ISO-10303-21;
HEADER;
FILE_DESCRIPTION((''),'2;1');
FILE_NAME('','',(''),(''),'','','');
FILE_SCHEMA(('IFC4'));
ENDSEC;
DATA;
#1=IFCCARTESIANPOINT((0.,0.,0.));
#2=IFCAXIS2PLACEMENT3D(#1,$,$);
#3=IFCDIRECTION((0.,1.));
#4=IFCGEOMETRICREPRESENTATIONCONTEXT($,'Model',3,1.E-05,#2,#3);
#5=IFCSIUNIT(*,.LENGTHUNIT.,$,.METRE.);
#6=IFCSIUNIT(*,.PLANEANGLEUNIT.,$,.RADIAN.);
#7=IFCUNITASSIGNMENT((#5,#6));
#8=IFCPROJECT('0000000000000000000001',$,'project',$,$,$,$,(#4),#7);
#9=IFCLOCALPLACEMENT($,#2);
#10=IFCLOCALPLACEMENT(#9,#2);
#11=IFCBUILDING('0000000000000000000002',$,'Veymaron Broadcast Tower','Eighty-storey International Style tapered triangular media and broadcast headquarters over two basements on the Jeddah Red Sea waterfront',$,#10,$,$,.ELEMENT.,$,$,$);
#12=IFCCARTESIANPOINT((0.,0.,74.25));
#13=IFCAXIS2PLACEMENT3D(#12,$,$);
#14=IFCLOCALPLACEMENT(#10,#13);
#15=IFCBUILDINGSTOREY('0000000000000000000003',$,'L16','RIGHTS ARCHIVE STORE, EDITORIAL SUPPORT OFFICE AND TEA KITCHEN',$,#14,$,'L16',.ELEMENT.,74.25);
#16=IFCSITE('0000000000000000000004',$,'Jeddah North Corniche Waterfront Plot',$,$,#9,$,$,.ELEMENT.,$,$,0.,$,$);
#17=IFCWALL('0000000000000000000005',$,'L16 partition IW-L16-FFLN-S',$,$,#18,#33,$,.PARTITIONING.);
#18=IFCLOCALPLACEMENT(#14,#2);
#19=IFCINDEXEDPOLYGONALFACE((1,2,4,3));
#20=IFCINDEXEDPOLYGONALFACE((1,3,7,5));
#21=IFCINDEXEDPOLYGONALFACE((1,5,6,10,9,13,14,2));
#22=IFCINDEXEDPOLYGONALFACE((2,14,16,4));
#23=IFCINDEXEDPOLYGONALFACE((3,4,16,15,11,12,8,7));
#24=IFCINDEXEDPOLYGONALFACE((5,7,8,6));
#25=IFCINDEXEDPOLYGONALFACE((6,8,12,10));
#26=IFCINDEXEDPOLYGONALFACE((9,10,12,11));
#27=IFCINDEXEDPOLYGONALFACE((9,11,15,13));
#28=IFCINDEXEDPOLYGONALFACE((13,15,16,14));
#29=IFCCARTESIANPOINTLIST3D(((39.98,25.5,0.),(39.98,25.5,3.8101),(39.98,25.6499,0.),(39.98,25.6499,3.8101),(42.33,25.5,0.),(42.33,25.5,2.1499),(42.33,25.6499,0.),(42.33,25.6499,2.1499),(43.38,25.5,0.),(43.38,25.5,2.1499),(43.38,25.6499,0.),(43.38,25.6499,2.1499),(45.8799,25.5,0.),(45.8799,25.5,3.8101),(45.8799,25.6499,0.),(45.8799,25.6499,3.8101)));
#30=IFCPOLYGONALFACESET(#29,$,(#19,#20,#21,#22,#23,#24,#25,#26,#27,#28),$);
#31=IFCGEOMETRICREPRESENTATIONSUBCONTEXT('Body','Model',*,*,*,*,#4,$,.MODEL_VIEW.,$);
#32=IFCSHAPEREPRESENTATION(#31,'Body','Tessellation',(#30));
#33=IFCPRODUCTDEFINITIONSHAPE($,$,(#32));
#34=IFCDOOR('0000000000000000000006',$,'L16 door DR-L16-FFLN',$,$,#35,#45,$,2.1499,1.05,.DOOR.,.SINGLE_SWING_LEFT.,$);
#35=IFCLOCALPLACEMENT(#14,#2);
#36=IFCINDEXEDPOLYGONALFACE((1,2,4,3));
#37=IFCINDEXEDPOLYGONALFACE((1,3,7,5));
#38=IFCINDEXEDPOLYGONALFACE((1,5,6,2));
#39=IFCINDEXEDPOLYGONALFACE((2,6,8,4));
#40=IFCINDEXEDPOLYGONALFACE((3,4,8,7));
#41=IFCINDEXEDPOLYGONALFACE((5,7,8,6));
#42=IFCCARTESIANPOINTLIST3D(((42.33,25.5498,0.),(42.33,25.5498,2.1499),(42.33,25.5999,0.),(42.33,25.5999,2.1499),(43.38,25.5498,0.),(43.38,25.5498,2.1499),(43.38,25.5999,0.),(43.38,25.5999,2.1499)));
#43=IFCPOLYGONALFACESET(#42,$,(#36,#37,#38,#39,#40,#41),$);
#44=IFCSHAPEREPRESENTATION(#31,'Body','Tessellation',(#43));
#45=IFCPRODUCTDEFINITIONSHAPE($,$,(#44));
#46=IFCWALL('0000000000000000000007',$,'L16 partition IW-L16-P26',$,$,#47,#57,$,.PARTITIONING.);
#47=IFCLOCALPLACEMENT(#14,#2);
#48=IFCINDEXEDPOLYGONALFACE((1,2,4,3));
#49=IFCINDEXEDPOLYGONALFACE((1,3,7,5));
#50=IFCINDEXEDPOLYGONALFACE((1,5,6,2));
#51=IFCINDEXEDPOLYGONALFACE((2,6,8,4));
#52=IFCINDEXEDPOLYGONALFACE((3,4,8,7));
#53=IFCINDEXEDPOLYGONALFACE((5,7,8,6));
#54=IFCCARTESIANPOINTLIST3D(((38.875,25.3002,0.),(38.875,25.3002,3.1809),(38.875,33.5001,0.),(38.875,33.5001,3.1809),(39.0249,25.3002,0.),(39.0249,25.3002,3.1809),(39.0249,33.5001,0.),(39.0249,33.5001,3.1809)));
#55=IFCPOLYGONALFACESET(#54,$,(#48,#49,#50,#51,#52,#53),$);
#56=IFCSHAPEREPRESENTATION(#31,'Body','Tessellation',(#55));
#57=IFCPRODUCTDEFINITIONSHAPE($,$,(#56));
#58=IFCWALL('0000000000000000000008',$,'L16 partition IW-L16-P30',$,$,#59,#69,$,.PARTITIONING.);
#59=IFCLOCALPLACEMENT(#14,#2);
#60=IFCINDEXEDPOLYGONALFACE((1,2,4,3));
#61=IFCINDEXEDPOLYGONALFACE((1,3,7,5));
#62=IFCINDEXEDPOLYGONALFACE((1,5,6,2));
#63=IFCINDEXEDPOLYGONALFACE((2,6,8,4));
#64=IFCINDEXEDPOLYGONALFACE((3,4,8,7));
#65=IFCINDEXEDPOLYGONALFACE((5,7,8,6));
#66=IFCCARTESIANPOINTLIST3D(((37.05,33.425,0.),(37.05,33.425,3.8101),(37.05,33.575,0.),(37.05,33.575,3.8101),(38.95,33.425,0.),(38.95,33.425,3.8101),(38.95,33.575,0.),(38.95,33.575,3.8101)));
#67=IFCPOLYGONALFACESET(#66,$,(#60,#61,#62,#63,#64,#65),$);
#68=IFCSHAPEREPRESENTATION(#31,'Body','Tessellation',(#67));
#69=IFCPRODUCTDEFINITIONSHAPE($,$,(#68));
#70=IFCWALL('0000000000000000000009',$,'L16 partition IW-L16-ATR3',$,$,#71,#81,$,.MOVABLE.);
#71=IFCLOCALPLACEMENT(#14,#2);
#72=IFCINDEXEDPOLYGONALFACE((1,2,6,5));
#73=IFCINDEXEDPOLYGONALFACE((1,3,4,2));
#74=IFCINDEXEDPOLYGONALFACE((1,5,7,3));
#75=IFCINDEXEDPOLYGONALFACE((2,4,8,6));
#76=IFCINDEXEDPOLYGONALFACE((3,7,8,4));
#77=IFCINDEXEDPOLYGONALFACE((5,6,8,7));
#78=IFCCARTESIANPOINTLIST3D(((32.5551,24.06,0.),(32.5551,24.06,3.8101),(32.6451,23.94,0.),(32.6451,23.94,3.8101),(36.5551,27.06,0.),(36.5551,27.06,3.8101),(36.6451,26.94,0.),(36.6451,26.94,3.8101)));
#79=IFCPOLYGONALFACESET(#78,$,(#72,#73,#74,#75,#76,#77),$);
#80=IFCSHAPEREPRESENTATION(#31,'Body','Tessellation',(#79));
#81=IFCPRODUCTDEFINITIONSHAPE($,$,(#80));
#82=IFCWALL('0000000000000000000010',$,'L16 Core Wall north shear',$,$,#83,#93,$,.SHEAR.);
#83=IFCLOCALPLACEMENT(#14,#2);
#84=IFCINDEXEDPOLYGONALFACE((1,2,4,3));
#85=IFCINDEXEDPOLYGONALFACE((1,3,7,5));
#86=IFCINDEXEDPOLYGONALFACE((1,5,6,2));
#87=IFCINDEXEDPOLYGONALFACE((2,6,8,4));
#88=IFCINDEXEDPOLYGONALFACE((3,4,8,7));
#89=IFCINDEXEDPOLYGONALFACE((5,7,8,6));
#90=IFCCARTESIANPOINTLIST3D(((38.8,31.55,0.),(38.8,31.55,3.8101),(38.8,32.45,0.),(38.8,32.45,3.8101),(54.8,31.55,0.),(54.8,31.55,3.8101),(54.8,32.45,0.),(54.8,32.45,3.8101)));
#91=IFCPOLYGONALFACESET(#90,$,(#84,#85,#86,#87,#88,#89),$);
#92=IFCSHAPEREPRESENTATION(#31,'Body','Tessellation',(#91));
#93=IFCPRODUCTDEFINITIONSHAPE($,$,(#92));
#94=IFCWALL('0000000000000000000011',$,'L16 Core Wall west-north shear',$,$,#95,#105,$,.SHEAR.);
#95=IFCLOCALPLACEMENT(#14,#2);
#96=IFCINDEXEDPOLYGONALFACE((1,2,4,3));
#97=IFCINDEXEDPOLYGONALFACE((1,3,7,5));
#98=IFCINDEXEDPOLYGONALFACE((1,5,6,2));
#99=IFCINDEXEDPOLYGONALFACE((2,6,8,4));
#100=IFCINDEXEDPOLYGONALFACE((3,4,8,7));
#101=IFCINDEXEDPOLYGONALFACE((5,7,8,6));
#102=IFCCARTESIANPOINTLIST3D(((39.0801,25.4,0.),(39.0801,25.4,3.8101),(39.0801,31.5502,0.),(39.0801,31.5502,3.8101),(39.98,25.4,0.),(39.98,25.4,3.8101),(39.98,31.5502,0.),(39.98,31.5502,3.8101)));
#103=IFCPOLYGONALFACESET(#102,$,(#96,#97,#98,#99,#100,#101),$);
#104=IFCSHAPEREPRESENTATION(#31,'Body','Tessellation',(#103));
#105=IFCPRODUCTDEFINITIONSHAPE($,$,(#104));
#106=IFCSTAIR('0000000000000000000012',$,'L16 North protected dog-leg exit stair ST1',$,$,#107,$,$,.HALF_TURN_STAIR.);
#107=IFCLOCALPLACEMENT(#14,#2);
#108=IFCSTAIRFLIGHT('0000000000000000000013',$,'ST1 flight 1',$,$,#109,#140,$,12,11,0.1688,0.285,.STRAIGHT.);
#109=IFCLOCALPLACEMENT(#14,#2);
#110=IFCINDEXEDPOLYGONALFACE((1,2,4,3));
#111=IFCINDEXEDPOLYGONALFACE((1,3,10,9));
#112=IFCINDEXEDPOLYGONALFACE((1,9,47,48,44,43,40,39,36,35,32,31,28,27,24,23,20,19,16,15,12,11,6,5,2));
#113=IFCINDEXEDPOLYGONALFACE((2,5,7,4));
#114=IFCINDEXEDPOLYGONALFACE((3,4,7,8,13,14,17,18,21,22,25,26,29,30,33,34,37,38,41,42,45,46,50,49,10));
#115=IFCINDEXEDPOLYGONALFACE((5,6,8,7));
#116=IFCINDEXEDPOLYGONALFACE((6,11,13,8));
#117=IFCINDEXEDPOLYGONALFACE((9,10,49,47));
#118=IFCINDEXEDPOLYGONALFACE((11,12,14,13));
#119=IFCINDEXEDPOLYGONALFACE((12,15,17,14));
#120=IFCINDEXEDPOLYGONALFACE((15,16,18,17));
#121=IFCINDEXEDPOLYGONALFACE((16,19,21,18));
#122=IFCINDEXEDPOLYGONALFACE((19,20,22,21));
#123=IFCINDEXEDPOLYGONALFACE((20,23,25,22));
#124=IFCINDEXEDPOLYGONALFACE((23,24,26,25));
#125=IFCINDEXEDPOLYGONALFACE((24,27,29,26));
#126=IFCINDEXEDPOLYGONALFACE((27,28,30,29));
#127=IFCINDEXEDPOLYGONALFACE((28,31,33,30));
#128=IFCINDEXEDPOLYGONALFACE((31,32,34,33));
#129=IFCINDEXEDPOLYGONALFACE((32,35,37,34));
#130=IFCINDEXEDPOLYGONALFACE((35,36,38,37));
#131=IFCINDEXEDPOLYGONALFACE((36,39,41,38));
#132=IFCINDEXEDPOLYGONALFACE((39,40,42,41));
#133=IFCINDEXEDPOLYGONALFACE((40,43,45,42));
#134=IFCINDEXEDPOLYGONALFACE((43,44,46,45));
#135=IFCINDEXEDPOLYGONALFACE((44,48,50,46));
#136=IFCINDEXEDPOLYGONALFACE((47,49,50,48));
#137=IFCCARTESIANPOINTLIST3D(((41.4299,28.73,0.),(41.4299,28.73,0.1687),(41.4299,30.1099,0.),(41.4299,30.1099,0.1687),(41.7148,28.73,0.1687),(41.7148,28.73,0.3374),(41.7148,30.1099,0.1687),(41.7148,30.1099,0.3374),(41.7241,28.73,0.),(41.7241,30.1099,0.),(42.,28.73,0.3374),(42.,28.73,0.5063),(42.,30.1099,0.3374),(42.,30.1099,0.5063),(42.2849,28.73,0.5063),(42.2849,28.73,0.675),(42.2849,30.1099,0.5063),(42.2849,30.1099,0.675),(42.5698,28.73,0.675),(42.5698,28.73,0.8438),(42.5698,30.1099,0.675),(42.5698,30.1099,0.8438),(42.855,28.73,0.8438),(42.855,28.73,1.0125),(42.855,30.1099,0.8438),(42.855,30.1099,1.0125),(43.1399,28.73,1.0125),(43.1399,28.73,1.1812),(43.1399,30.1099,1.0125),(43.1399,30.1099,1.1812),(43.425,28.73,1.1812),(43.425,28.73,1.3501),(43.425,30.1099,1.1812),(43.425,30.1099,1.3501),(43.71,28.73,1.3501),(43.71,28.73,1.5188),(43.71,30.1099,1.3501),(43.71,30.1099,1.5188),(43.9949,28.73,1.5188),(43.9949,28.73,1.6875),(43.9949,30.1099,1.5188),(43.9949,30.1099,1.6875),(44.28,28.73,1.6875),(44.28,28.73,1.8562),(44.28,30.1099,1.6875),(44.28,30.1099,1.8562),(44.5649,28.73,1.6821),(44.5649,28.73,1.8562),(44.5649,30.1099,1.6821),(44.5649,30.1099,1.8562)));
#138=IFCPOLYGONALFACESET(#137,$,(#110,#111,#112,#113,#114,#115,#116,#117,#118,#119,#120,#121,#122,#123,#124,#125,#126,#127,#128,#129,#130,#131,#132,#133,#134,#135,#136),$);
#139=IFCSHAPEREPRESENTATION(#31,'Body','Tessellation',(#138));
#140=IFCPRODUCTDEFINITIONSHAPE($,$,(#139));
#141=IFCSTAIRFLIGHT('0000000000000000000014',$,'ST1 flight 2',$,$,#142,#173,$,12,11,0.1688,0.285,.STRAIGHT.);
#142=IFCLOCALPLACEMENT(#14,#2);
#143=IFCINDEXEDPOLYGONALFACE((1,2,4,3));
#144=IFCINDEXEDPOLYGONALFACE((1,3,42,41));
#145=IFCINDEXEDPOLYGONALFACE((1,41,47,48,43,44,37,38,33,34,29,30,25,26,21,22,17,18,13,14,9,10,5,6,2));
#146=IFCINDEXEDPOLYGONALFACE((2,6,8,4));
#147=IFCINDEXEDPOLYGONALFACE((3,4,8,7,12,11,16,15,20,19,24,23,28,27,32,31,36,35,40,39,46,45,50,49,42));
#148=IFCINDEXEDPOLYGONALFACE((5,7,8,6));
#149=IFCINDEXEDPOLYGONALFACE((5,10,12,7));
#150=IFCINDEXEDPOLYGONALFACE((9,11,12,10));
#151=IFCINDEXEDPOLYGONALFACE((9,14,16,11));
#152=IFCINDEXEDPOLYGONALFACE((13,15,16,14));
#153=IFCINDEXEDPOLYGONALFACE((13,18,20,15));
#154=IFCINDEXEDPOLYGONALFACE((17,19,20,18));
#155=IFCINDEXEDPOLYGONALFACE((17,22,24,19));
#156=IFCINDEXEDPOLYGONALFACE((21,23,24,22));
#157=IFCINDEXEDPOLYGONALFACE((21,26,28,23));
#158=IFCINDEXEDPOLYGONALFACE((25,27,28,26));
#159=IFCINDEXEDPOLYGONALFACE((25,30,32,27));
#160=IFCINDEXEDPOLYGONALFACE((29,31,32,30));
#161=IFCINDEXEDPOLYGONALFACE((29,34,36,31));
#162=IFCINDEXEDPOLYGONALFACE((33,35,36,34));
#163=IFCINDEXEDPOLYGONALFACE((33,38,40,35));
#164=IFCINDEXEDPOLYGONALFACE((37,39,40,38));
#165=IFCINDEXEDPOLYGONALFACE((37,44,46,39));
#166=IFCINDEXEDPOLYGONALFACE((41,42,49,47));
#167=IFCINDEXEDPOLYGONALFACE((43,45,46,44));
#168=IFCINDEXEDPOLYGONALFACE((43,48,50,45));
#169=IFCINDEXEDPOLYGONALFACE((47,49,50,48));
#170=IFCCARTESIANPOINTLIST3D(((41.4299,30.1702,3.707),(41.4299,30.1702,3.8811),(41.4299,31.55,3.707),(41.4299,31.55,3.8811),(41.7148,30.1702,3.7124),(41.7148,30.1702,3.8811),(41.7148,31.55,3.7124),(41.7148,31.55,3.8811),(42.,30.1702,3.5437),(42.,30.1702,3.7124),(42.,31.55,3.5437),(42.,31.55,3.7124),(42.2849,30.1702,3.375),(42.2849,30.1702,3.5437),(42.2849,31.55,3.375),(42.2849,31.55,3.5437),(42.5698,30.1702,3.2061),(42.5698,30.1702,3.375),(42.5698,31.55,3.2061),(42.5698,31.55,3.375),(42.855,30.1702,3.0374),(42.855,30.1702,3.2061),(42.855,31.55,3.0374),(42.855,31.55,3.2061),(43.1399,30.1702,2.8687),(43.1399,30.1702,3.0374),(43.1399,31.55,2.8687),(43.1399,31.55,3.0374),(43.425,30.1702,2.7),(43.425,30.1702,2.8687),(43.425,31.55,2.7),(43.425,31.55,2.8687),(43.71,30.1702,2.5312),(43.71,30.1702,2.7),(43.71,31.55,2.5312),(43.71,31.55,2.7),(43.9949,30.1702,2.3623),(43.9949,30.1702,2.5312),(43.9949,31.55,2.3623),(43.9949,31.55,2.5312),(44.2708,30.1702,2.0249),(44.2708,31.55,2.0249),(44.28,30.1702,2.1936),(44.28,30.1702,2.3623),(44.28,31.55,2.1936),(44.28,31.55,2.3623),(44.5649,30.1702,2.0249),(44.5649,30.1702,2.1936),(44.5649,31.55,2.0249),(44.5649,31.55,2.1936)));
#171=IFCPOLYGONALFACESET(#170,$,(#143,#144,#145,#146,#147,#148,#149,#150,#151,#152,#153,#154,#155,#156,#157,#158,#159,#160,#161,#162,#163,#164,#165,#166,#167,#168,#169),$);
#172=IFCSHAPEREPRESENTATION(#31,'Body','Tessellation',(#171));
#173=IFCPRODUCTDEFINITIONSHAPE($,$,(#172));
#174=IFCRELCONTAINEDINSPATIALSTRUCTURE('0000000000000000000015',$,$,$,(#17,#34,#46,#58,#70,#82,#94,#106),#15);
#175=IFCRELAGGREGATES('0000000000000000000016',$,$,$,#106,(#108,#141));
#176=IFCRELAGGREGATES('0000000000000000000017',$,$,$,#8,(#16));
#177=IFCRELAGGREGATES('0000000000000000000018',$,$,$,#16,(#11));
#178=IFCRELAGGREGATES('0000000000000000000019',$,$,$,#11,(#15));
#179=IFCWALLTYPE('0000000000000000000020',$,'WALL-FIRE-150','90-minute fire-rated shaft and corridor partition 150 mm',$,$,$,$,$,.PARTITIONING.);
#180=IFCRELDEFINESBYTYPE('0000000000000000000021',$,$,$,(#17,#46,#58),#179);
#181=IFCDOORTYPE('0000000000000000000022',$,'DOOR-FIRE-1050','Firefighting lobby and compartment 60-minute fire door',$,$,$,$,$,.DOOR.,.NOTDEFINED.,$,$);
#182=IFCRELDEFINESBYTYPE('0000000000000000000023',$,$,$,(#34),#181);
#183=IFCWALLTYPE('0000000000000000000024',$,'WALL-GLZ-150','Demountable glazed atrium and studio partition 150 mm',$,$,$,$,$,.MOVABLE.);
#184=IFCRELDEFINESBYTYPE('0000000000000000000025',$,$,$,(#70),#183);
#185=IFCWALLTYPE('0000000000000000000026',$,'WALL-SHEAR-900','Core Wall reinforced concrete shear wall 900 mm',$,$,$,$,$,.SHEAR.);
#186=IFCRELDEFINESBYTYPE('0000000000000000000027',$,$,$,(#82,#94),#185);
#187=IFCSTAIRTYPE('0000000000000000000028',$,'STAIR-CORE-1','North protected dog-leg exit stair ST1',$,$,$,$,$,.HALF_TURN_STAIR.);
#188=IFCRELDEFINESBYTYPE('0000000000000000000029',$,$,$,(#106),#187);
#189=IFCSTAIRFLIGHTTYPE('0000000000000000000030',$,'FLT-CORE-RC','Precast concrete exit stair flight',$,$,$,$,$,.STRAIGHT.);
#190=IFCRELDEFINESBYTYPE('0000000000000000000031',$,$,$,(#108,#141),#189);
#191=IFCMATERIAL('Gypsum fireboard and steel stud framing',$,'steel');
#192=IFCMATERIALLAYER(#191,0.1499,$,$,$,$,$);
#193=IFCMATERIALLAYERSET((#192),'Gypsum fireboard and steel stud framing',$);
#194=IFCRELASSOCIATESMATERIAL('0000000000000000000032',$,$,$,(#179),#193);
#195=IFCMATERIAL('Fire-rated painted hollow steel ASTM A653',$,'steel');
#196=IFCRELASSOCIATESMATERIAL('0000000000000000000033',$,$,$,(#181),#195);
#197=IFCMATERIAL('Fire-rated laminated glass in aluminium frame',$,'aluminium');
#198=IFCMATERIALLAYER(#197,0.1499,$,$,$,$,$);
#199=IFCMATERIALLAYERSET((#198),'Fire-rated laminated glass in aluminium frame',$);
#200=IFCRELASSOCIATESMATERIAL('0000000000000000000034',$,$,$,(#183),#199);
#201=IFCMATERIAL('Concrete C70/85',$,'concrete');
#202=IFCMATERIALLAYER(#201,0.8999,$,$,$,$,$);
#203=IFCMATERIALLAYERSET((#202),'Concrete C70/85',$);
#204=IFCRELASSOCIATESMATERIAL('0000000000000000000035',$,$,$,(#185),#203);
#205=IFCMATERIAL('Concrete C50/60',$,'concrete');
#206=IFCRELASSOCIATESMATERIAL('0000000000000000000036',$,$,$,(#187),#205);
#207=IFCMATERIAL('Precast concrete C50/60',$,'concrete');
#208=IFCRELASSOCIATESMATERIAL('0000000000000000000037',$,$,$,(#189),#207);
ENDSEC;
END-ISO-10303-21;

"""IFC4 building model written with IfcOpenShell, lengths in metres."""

from ifc_helpers import new_model, si_unit, direction, frame, frame_2d, origin, place, context, subcontext, project, spatial, polyline, rectangle, outline, extrude, material, layer, layer_set, type_object, element, fill, aggregate, save


model = new_model("IFC4")

# Units and contexts
model_context = context("Model", 3, precision=1e-05, world=origin(), true_north=direction((0.0, 1.0)))
body_context = subcontext(model_context, "Body", "Model", "MODEL_VIEW")
ifc_project = project(units=[si_unit("LENGTHUNIT", "METRE"), si_unit("PLANEANGLEUNIT", "RADIAN")], contexts=[model_context])

# Site, building, storey
site_placement = place(None, origin())
site = spatial("IfcSite", under=ifc_project, at=site_placement, Name="Jeddah North Corniche Waterfront Plot", CompositionType="ELEMENT", RefElevation=0.0)
building_placement = place(site_placement, origin())
building = spatial("IfcBuilding", under=site, at=building_placement, Name="Veymaron Broadcast Tower", Description="Eighty-storey International Style tapered triangular media and broadcast headquarters over two basements on the Jeddah Red Sea waterfront", CompositionType="ELEMENT")
storey_placement = place(building_placement, frame((0.0, 0.0, 74.25)))
storey = spatial("IfcBuildingStorey", under=building, at=storey_placement, Name="L16", Description="RIGHTS ARCHIVE STORE, EDITORIAL SUPPORT OFFICE AND TEA KITCHEN", LongName="L16", CompositionType="ELEMENT", Elevation=74.25)

# Wall, opening, door
ifc_material_1 = material(Name="Gypsum fireboard and steel stud framing", Category="steel")
ifc_layer_1 = layer(ifc_material_1, 0.1499)
ifc_layer_set_1 = layer_set([ifc_layer_1], Name="Gypsum fireboard and steel stud framing")
wall_type_1 = type_object("IfcWallType", Name="WALL-FIRE-150", Description="90-minute fire-rated shaft and corridor partition 150 mm", PredefinedType="PARTITIONING", material=ifc_layer_set_1)
wall_1_placement = place(storey_placement, frame((39.98, 25.575, 0.0), z_axis=(0.0, 0.0, 1.0), x_axis=(1.0, 0.0, 0.0)))
wall_1 = element("IfcWall", 1, at=wall_1_placement, inside=storey, type_object=wall_type_1, Name="L16 partition IW-L16-FFLN-S", PredefinedType="PARTITIONING", context=body_context, shape_type="SweptSolid", body=[
    extrude(rectangle(XDim=5.8999, YDim=0.1499, at=frame_2d((2.95, 0.0))), origin(), (0.0, 0.0, 1.0), 3.8101),
])
opening_1_placement = place(wall_1_placement, frame((2.3501, 0.0, 0.0)))
opening_1 = element("IfcOpeningElement", 2, at=opening_1_placement, cuts=wall_1, PredefinedType="OPENING", context=body_context, shape_type="SweptSolid", body=[
    extrude(rectangle(XDim=1.05, YDim=2.1499, at=frame_2d((0.5249, 1.075))), frame((0.0, 0.085, 0.0), z_axis=(0.0, -1.0, 0.0), x_axis=(1.0, 0.0, 0.0)), (0.0, 0.0, 1.0), 0.1699),
])
ifc_material_2 = material(Name="Fire-rated painted hollow steel ASTM A653", Category="steel")
door_type_1 = type_object("IfcDoorType", Name="DOOR-FIRE-1050", Description="Firefighting lobby and compartment 60-minute fire door", OperationType="NOTDEFINED", PredefinedType="DOOR", material=ifc_material_2)
door_1_placement = place(opening_1_placement, origin())
door_1 = element("IfcDoor", 3, at=door_1_placement, inside=storey, type_object=door_type_1, Name="L16 door DR-L16-FFLN", OperationType="SINGLE_SWING_LEFT", OverallHeight=2.1499, OverallWidth=1.05, PredefinedType="DOOR", context=body_context, shape_type="SweptSolid", body=[
    extrude(rectangle(XDim=1.05, YDim=2.1499, at=frame_2d((0.5249, 1.075))), frame((0.0, 0.0249, 0.0), z_axis=(0.0, -1.0, 0.0), x_axis=(1.0, 0.0, 0.0)), (0.0, 0.0, 1.0), 0.05),
])
fill(opening_1, door_1)

# Walls
wall_2_placement = place(storey_placement, frame((38.95, 25.3, 0.0), z_axis=(0.0, 0.0, 1.0), x_axis=(0.0, 1.0, 0.0)))
element("IfcWall", 4, at=wall_2_placement, inside=storey, type_object=wall_type_1, Name="L16 partition IW-L16-P26", PredefinedType="PARTITIONING", context=body_context, shape_type="SweptSolid", body=[
    extrude(rectangle(XDim=8.2, YDim=0.1499, at=frame_2d((4.1001, 0.0))), origin(), (0.0, 0.0, 1.0), 3.1809),
])
wall_3_placement = place(storey_placement, frame((37.05, 33.5, 0.0), z_axis=(0.0, 0.0, 1.0), x_axis=(1.0, 0.0, 0.0)))
element("IfcWall", 5, at=wall_3_placement, inside=storey, type_object=wall_type_1, Name="L16 partition IW-L16-P30", PredefinedType="PARTITIONING", context=body_context, shape_type="SweptSolid", body=[
    extrude(rectangle(XDim=1.8999, YDim=0.1499, at=frame_2d((0.95, 0.0))), origin(), (0.0, 0.0, 1.0), 3.8101),
])
ifc_material_3 = material(Name="Fire-rated laminated glass in aluminium frame", Category="aluminium")
ifc_layer_2 = layer(ifc_material_3, 0.1499)
ifc_layer_set_2 = layer_set([ifc_layer_2], Name="Fire-rated laminated glass in aluminium frame")
wall_type_2 = type_object("IfcWallType", Name="WALL-GLZ-150", Description="Demountable glazed atrium and studio partition 150 mm", PredefinedType="MOVABLE", material=ifc_layer_set_2)
wall_4_placement = place(storey_placement, frame((36.6001, 27.0, 0.0), z_axis=(0.0, 0.0, 1.0), x_axis=(-0.8, -0.6, 0.0)))
element("IfcWall", 6, at=wall_4_placement, inside=storey, type_object=wall_type_2, Name="L16 partition IW-L16-ATR3", PredefinedType="MOVABLE", context=body_context, shape_type="SweptSolid", body=[
    extrude(rectangle(XDim=5.0, YDim=0.1499, at=frame_2d((2.5, 0.0))), origin(), (0.0, 0.0, 1.0), 3.8101),
])

# Shared definitions
ifc_material_4 = material(Name="Concrete C50/60", Category="concrete")

# Walls
ifc_material_5 = material(Name="Concrete C70/85", Category="concrete")
ifc_layer_3 = layer(ifc_material_5, 0.8999)
ifc_layer_set_3 = layer_set([ifc_layer_3], Name="Concrete C70/85")
wall_type_3 = type_object("IfcWallType", Name="WALL-SHEAR-900", Description="Core Wall reinforced concrete shear wall 900 mm", PredefinedType="SHEAR", material=ifc_layer_set_3)
wall_5_placement = place(storey_placement, frame((38.8, 32.0, 0.0), z_axis=(0.0, 0.0, 1.0), x_axis=(1.0, 0.0, 0.0)))
element("IfcWall", 7, at=wall_5_placement, inside=storey, type_object=wall_type_3, Name="L16 Core Wall north shear", PredefinedType="SHEAR", context=body_context, shape_type="SweptSolid", body=[
    extrude(rectangle(XDim=16.0, YDim=0.8999, at=frame_2d((8.0, 0.0))), origin(), (0.0, 0.0, 1.0), 3.8101),
])
wall_6_placement = place(storey_placement, frame((39.53, 25.3999, 0.0), z_axis=(0.0, 0.0, 1.0), x_axis=(0.0, 1.0, 0.0)))
element("IfcWall", 8, at=wall_6_placement, inside=storey, type_object=wall_type_3, Name="L16 Core Wall west-north shear", PredefinedType="SHEAR", context=body_context, shape_type="SweptSolid", body=[
    extrude(rectangle(XDim=6.1501, YDim=0.8999, at=frame_2d((3.0752, 0.0))), origin(), (0.0, 0.0, 1.0), 3.8101),
])

# Stair, stair flights
stair_type = type_object("IfcStairType", Name="STAIR-CORE-1", Description="North protected dog-leg exit stair ST1", PredefinedType="HALF_TURN_STAIR", material=ifc_material_4)
stair_placement = place(storey_placement, origin())
stair = element("IfcStair", 9, at=stair_placement, inside=storey, type_object=stair_type, Name="L16 North protected dog-leg exit stair ST1", PredefinedType="HALF_TURN_STAIR")
ifc_material_6 = material(Name="Precast concrete C50/60", Category="concrete")
stair_flight_type = type_object("IfcStairFlightType", Name="FLT-CORE-RC", Description="Precast concrete exit stair flight", PredefinedType="STRAIGHT", material=ifc_material_6)
stair_flight_1_placement = place(storey_placement, frame((41.4299, 29.4199, 0.0), z_axis=(0.0, 0.0, 1.0), x_axis=(1.0, 0.0, 0.0)))
stair_flight_1 = element("IfcStairFlight", 10, at=stair_flight_1_placement, type_object=stair_flight_type, Name="ST1 flight 1", NumberOfRisers=12, NumberOfTreads=11, PredefinedType="STRAIGHT", RiserHeight=0.1688, TreadLength=0.285, context=body_context, shape_type="SweptSolid", body=[
    extrude(outline(polyline([(0.0, 0.0), (0.0, 0.1687), (0.2849, 0.1687), (0.2849, 0.3374), (0.5701, 0.3374), (0.5701, 0.5063), (0.855, 0.5063), (0.855, 0.675), (1.1399, 0.675), (1.1399, 0.8438), (1.425, 0.8438), (1.425, 1.0125), (1.71, 1.0125), (1.71, 1.1812), (1.9951, 1.1812), (1.9951, 1.3501), (2.28, 1.3501), (2.28, 1.5188), (2.5649, 1.5188), (2.5649, 1.6875), (2.8501, 1.6875), (2.8501, 1.8562), (3.135, 1.8562), (3.135, 2.0249), (3.135, 1.6821), (0.2942, 0.0), (0.0, 0.0)])), frame((0.0, 0.6899, 0.0), z_axis=(0.0, -1.0, 0.0), x_axis=(1.0, 0.0, 0.0)), (0.0, 0.0, 1.0), 1.3799),
])
stair_flight_2_placement = place(storey_placement, frame((44.5649, 30.8601, 2.0249), z_axis=(0.0, 0.0, 1.0), x_axis=(-1.0, 0.0, 0.0)))
stair_flight_2 = element("IfcStairFlight", 11, at=stair_flight_2_placement, type_object=stair_flight_type, Name="ST1 flight 2", NumberOfRisers=12, NumberOfTreads=11, PredefinedType="STRAIGHT", RiserHeight=0.1688, TreadLength=0.285, context=body_context, shape_type="SweptSolid", body=[
    extrude(outline(polyline([(0.0, 0.0), (0.0, 0.1687), (0.2849, 0.1687), (0.2849, 0.3374), (0.5701, 0.3374), (0.5701, 0.5063), (0.855, 0.5063), (0.855, 0.675), (1.1399, 0.675), (1.1399, 0.8438), (1.425, 0.8438), (1.425, 1.0125), (1.71, 1.0125), (1.71, 1.1812), (1.9951, 1.1812), (1.9951, 1.3501), (2.28, 1.3501), (2.28, 1.5188), (2.5649, 1.5188), (2.5649, 1.6875), (2.8501, 1.6875), (2.8501, 1.8562), (3.135, 1.8562), (3.135, 2.0249), (3.135, 1.6821), (0.2942, 0.0), (0.0, 0.0)])), frame((0.0, 0.6899, 0.0), z_axis=(0.0, -1.0, 0.0), x_axis=(1.0, 0.0, 0.0)), (0.0, 0.0, 1.0), 1.3799),
])
aggregate(stair, [stair_flight_1, stair_flight_2])

save(model, "model.ifc")
